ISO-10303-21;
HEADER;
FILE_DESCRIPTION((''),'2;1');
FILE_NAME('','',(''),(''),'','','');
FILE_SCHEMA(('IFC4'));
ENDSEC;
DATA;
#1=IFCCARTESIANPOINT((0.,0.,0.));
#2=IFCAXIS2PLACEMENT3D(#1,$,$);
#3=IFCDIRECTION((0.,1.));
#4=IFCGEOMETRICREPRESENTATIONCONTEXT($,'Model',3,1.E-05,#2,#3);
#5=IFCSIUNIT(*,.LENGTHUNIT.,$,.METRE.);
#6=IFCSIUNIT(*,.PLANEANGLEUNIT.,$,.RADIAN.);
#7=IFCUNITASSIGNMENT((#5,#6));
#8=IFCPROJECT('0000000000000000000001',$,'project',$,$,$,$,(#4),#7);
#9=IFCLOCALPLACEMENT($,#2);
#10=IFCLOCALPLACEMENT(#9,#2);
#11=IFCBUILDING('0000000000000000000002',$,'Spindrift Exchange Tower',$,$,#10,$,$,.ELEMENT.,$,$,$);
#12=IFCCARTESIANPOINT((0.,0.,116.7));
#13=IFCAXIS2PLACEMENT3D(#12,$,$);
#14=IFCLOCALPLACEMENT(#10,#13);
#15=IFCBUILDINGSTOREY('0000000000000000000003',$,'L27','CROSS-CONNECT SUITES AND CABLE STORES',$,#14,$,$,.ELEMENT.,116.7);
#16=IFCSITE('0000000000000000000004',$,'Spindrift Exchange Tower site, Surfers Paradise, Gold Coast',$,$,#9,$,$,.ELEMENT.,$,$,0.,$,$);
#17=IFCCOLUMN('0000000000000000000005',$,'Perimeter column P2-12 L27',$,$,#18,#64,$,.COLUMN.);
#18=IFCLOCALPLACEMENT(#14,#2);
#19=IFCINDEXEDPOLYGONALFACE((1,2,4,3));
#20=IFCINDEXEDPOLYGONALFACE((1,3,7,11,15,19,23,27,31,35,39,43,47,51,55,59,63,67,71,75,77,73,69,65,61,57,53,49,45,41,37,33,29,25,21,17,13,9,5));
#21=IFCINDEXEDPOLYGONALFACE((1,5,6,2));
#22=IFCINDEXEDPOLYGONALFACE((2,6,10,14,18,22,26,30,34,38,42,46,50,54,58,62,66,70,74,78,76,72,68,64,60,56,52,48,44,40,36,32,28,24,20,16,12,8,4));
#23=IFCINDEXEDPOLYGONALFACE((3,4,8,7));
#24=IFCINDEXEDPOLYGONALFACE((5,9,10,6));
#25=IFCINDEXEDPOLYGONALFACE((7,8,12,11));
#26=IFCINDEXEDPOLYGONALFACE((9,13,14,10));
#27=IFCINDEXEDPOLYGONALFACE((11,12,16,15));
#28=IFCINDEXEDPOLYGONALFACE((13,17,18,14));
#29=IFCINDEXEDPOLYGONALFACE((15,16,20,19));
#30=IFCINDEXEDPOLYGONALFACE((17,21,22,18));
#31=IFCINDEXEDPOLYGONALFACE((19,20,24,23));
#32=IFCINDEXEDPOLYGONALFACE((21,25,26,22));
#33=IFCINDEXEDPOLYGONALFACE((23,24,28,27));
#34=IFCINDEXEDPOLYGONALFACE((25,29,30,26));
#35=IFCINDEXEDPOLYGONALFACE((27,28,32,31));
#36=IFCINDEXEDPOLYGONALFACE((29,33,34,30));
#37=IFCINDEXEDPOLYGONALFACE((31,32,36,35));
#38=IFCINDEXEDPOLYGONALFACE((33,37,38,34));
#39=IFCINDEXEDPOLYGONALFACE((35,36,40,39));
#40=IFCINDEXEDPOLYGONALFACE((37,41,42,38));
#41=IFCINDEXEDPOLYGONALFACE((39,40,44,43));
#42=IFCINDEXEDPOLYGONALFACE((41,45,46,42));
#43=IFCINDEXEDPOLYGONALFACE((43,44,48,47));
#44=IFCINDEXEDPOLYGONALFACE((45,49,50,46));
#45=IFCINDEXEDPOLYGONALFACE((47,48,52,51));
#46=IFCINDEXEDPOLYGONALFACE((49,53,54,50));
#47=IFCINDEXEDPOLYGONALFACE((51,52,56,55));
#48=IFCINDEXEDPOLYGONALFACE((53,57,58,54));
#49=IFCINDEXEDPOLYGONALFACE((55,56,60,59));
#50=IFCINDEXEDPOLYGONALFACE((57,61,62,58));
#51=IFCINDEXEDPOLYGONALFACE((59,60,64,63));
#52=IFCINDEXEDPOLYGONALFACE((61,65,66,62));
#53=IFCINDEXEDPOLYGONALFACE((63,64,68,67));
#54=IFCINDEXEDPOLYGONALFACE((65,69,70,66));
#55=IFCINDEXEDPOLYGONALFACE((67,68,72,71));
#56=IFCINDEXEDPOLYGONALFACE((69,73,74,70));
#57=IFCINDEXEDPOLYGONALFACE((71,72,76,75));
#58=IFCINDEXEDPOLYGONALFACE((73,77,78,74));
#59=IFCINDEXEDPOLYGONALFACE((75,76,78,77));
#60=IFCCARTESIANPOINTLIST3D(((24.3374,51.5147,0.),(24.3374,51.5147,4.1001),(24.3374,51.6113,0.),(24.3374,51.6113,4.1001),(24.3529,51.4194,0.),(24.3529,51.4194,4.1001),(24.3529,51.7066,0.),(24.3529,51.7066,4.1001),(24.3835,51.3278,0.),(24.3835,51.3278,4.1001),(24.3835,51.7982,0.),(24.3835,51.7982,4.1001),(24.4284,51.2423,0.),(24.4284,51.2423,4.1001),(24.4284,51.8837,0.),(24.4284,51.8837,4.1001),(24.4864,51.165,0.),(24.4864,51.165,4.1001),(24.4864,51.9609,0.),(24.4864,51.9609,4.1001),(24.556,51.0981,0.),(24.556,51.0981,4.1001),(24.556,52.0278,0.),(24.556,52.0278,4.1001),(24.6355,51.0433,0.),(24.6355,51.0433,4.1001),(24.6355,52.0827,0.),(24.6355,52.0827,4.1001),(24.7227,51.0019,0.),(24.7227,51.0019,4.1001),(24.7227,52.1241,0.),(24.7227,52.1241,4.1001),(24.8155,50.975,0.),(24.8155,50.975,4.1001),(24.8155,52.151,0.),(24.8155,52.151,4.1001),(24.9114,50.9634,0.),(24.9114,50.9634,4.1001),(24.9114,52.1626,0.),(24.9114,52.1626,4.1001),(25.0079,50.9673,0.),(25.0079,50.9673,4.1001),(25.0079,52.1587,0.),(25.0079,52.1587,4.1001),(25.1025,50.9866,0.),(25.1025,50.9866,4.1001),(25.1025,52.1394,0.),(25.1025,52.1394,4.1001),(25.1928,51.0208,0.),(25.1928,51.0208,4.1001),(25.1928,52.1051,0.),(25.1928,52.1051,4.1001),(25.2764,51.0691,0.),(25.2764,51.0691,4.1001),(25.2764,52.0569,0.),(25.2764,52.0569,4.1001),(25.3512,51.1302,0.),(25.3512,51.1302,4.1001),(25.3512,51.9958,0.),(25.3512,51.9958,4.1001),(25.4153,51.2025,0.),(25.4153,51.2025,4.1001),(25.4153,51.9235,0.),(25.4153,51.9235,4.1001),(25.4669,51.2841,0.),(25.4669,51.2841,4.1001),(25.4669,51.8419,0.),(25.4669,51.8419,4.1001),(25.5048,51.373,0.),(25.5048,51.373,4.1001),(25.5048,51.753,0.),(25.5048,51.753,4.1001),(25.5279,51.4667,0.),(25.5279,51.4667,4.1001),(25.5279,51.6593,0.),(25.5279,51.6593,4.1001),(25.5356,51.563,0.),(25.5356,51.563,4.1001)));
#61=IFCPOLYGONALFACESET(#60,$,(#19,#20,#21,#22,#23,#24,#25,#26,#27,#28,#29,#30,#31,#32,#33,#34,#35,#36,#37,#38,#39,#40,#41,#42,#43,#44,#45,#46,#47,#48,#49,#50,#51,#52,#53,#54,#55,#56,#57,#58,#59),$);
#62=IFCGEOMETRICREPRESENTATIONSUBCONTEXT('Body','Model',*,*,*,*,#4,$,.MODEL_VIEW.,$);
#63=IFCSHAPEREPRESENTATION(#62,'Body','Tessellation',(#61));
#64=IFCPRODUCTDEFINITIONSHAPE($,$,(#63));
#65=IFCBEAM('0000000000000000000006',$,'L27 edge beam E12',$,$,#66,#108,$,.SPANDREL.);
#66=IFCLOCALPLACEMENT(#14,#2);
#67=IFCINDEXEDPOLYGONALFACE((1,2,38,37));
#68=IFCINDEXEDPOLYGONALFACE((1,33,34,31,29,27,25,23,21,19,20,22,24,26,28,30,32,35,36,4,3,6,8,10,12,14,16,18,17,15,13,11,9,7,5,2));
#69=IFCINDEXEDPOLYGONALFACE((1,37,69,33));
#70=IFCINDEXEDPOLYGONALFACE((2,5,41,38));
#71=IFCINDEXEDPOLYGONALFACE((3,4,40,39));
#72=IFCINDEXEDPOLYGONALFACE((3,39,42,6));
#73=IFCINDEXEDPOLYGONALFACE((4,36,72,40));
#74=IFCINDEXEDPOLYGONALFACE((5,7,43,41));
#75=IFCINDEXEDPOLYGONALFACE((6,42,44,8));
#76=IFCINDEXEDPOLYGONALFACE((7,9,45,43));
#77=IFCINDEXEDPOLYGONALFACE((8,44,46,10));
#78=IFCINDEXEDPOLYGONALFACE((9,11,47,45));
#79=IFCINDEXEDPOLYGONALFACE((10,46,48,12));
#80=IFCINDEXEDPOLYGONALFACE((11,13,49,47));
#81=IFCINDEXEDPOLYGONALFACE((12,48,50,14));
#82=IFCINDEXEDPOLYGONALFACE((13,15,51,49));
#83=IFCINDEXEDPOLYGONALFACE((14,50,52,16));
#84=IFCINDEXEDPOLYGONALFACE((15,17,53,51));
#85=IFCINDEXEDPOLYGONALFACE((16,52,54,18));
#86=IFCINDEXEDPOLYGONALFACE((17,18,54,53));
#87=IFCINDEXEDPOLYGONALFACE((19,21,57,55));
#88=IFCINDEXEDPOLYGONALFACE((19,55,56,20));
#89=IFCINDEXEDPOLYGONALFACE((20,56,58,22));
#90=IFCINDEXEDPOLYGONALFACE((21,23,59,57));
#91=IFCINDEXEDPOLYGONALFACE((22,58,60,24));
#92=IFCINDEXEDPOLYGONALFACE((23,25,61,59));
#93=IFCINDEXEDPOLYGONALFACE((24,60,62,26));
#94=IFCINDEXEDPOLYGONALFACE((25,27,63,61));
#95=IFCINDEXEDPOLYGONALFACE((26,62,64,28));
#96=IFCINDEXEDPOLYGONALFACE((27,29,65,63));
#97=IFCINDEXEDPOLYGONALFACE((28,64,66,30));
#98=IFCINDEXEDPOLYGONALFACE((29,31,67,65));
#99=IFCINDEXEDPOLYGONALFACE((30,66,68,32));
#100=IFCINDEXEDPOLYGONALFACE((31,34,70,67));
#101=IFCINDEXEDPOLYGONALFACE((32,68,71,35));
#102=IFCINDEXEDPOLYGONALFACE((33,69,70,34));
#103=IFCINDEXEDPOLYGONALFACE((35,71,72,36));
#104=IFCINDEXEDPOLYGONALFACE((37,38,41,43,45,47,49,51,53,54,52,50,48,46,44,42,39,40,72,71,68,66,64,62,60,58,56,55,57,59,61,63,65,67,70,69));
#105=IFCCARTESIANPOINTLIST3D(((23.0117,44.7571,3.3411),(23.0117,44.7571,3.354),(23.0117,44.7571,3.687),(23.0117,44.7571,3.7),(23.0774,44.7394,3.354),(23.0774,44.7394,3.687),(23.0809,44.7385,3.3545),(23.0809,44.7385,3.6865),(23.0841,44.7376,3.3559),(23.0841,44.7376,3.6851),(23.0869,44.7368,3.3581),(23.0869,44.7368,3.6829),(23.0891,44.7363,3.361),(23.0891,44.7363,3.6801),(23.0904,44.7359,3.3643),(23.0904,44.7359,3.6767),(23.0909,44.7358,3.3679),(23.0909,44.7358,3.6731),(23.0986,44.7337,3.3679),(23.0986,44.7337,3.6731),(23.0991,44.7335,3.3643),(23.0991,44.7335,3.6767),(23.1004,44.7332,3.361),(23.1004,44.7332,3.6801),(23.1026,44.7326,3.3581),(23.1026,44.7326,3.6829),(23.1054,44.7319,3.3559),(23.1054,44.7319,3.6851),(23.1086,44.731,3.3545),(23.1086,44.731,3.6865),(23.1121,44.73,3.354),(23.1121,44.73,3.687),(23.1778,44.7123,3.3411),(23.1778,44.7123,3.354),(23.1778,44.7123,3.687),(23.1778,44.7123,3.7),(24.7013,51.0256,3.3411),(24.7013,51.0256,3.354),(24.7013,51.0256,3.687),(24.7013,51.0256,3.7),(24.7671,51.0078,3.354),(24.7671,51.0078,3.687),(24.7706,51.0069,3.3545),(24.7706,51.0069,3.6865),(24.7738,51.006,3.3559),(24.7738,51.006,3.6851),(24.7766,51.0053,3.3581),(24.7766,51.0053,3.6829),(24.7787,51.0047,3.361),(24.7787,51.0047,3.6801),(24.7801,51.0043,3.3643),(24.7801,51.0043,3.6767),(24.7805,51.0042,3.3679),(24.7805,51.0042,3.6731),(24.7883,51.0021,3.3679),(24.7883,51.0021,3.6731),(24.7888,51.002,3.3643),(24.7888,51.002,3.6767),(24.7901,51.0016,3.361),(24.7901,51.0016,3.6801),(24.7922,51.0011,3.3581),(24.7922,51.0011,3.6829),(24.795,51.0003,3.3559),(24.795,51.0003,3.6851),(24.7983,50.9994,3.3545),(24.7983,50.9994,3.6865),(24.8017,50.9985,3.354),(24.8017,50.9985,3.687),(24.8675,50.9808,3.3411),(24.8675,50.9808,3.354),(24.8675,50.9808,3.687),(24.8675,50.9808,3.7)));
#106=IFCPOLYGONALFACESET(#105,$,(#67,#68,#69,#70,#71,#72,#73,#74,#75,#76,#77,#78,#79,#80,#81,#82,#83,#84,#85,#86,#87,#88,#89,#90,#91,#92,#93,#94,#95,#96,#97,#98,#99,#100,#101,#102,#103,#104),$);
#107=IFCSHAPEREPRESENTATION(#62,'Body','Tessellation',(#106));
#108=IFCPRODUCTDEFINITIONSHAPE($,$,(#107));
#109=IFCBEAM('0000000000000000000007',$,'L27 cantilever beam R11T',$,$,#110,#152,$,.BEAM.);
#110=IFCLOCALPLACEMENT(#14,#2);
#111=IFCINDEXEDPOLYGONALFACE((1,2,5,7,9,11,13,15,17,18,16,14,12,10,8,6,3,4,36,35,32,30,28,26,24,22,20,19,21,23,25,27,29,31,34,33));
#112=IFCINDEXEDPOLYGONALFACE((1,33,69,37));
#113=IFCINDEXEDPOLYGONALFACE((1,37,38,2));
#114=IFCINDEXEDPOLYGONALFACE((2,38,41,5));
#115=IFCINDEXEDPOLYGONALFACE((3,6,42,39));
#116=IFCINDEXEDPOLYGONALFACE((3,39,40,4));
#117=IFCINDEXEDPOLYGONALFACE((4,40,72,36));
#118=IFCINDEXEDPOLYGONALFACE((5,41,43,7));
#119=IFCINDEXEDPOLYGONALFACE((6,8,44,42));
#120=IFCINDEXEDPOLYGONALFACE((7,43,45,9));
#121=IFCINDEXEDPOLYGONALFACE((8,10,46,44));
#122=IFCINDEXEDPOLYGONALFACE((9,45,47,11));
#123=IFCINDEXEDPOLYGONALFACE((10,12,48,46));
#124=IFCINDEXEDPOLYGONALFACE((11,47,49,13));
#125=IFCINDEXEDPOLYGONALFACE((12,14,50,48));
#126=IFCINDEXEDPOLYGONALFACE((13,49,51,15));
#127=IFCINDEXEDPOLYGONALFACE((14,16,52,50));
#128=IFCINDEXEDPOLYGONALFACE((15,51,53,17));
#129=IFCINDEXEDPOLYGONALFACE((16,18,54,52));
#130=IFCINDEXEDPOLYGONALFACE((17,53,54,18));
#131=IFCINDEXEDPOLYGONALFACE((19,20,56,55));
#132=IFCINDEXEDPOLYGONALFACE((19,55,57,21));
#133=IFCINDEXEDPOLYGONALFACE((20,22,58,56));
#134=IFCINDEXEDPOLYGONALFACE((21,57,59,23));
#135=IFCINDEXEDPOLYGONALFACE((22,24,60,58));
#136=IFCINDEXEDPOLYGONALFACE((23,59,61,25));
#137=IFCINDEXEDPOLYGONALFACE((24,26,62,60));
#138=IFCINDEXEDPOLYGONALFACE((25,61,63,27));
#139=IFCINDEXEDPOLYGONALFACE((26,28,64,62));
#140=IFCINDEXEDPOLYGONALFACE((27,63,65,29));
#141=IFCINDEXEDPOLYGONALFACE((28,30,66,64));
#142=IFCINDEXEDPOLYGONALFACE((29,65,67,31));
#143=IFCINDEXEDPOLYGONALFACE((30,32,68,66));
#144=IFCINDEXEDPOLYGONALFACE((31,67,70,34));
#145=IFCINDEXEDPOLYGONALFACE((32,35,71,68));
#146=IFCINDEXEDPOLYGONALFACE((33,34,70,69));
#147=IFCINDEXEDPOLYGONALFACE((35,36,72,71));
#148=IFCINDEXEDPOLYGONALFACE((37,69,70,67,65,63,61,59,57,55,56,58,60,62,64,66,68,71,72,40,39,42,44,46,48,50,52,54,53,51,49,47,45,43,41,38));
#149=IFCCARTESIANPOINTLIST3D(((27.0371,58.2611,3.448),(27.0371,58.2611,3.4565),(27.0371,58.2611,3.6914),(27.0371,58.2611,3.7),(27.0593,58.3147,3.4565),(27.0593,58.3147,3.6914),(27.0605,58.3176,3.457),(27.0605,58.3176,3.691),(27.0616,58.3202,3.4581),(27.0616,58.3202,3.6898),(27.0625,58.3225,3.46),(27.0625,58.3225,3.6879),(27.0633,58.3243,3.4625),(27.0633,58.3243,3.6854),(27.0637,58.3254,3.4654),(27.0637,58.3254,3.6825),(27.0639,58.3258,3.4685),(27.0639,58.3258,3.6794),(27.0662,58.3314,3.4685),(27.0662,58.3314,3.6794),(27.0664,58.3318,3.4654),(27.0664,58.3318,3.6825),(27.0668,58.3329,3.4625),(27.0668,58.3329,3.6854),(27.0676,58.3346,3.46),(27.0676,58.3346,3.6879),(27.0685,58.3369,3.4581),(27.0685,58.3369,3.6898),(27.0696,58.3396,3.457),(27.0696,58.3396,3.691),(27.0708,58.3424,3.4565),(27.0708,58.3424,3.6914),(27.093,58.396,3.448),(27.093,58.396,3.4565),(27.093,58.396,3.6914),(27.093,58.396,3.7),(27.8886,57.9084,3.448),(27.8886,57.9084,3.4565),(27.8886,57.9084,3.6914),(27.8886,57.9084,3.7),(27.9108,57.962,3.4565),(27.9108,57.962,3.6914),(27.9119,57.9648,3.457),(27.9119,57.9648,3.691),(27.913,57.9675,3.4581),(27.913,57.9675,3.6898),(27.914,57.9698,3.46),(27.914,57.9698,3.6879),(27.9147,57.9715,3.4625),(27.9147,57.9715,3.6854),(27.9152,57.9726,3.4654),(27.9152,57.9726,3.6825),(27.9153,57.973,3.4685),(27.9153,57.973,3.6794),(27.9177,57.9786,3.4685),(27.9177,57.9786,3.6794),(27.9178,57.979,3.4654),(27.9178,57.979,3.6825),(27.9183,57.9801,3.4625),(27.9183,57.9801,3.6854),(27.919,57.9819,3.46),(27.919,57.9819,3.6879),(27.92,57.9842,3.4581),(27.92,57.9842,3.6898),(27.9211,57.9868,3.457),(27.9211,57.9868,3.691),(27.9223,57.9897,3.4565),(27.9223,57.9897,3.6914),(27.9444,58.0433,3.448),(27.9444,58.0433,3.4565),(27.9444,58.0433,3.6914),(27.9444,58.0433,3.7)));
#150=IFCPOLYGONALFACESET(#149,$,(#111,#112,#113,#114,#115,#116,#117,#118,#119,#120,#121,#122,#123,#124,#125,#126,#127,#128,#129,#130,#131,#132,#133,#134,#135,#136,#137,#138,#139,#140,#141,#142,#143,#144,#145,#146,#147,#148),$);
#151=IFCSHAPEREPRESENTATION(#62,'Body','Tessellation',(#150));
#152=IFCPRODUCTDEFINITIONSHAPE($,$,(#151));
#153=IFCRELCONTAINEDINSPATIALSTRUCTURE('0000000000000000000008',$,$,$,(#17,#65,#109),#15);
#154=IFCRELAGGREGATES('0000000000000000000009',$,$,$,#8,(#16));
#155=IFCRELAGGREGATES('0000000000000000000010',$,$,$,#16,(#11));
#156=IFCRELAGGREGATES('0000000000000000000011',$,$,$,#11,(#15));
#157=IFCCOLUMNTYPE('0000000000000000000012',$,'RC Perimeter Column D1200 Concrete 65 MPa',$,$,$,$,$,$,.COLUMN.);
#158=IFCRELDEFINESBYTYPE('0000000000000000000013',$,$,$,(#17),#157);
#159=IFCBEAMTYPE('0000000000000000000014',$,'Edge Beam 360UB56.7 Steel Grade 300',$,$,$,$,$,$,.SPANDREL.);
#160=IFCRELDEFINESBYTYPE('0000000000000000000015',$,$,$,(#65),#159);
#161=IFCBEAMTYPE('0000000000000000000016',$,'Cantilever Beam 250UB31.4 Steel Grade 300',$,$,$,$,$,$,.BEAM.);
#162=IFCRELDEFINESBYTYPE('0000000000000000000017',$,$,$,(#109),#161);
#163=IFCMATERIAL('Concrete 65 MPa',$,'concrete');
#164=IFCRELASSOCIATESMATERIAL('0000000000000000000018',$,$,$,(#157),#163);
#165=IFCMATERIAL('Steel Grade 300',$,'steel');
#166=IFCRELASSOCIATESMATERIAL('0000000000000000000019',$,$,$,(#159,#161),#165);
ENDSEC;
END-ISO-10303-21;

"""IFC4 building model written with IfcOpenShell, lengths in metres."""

from ifc_helpers import new_model, si_unit, direction, frame, origin, origin_2d, place, context, subcontext, project, spatial, circle, i_section, extrude, source, transform, mapped, material, material_profile, profile_set, type_object, element, save


model = new_model("IFC4")

# Units and contexts
model_context = context("Model", 3, precision=1e-05, world=origin(), true_north=direction((0.0, 1.0)))
body_context = subcontext(model_context, "Body", "Model", "MODEL_VIEW")
ifc_project = project(units=[si_unit("LENGTHUNIT", "METRE"), si_unit("PLANEANGLEUNIT", "RADIAN")], contexts=[model_context])

# Site, building, storey
site_placement = place(None, origin())
site = spatial("IfcSite", under=ifc_project, at=site_placement, Name="Spindrift Exchange Tower site, Surfers Paradise, Gold Coast", CompositionType="ELEMENT", RefElevation=0.0)
building_placement = place(site_placement, origin())
building = spatial("IfcBuilding", under=site, at=building_placement, Name="Spindrift Exchange Tower", CompositionType="ELEMENT")
storey_placement = place(building_placement, frame((0.0, 0.0, 116.7)))
storey = spatial("IfcBuildingStorey", under=building, at=storey_placement, Name="L27", Description="CROSS-CONNECT SUITES AND CABLE STORES", CompositionType="ELEMENT", Elevation=116.7)

# Column
ifc_material_1 = material(Name="Concrete 65 MPa", Category="concrete")
ifc_material_profile_1 = material_profile(ifc_material_1, circle(Radius=0.6001, at=origin_2d()), Name="RC D1200")
ifc_profile_set_1 = profile_set([ifc_material_profile_1], Name="Concrete 65 MPa")
column_type = type_object("IfcColumnType", Name="RC Perimeter Column D1200 Concrete 65 MPa", PredefinedType="COLUMN", material=ifc_profile_set_1)
shared_shape_1 = source(origin(), body_context, "Body", "SweptSolid", [
    extrude(circle(Radius=0.6001, at=origin_2d()), origin(), (0.0, 0.0, 1.0), 4.1001),
])
column_placement = place(storey_placement, frame((24.9355, 51.563, 0.0), z_axis=(0.0, 0.0, 1.0), x_axis=(1.0, 0.0, 0.0)))
element("IfcColumn", 1, at=column_placement, inside=storey, type_object=column_type, Name="Perimeter column P2-12 L27", PredefinedType="COLUMN", context=body_context, shape_type="MappedRepresentation", body=[
    mapped(shared_shape_1, transform((0.0, 0.0, 0.0), scale=1.0)),
])

# Beams
ifc_material_2 = material(Name="Steel Grade 300", Category="steel")
ifc_material_profile_2 = material_profile(ifc_material_2, i_section(OverallWidth=0.1721, OverallDepth=0.3589, WebThickness=0.0081, FlangeThickness=0.0129, FilletRadius=0.0139, at=origin_2d()), Name="360UB56.7")
ifc_profile_set_2 = profile_set([ifc_material_profile_2], Name="Steel Grade 300")
beam_type_1 = type_object("IfcBeamType", Name="Edge Beam 360UB56.7 Steel Grade 300", PredefinedType="SPANDREL", material=ifc_profile_set_2)
shared_shape_2 = source(origin(), body_context, "Body", "SweptSolid", [
    extrude(i_section(OverallWidth=0.1721, OverallDepth=0.3589, WebThickness=0.0081, FlangeThickness=0.0129, FilletRadius=0.0139, at=origin_2d()), origin(), (0.0, 0.0, 1.0), 6.4922),
])
beam_1_placement = place(storey_placement, frame((24.7844, 51.0032, 3.5205), z_axis=(-0.260262, -0.965538, 0.0), x_axis=(0.965538, -0.260262, 0.0)))
element("IfcBeam", 2, at=beam_1_placement, inside=storey, type_object=beam_type_1, Name="L27 edge beam E12", PredefinedType="SPANDREL", context=body_context, shape_type="MappedRepresentation", body=[
    mapped(shared_shape_2, transform((0.0, 0.0, 0.0), scale=1.0)),
])
ifc_material_profile_3 = material_profile(ifc_material_2, i_section(OverallWidth=0.146, OverallDepth=0.252, WebThickness=0.0061, FlangeThickness=0.0085, FilletRadius=0.012, at=origin_2d()), Name="250UB31.4")
ifc_profile_set_3 = profile_set([ifc_material_profile_3], Name="Steel Grade 300")
beam_type_2 = type_object("IfcBeamType", Name="Cantilever Beam 250UB31.4 Steel Grade 300", PredefinedType="BEAM", material=ifc_profile_set_3)
shared_shape_3 = source(origin(), body_context, "Body", "SweptSolid", [
    extrude(i_section(OverallWidth=0.146, OverallDepth=0.252, WebThickness=0.0061, FlangeThickness=0.0085, FilletRadius=0.012, at=origin_2d()), origin(), (0.0, 0.0, 1.0), 0.9216),
])
beam_2_placement = place(storey_placement, frame((27.9165, 57.9758, 3.574), z_axis=(-0.923859, 0.382734, 0.0), x_axis=(-0.382734, -0.923859, 0.0)))
element("IfcBeam", 3, at=beam_2_placement, inside=storey, type_object=beam_type_2, Name="L27 cantilever beam R11T", PredefinedType="BEAM", context=body_context, shape_type="MappedRepresentation", body=[
    mapped(shared_shape_3, transform((0.0, 0.0, 0.0), scale=1.0)),
])

save(model, "model.ifc")
